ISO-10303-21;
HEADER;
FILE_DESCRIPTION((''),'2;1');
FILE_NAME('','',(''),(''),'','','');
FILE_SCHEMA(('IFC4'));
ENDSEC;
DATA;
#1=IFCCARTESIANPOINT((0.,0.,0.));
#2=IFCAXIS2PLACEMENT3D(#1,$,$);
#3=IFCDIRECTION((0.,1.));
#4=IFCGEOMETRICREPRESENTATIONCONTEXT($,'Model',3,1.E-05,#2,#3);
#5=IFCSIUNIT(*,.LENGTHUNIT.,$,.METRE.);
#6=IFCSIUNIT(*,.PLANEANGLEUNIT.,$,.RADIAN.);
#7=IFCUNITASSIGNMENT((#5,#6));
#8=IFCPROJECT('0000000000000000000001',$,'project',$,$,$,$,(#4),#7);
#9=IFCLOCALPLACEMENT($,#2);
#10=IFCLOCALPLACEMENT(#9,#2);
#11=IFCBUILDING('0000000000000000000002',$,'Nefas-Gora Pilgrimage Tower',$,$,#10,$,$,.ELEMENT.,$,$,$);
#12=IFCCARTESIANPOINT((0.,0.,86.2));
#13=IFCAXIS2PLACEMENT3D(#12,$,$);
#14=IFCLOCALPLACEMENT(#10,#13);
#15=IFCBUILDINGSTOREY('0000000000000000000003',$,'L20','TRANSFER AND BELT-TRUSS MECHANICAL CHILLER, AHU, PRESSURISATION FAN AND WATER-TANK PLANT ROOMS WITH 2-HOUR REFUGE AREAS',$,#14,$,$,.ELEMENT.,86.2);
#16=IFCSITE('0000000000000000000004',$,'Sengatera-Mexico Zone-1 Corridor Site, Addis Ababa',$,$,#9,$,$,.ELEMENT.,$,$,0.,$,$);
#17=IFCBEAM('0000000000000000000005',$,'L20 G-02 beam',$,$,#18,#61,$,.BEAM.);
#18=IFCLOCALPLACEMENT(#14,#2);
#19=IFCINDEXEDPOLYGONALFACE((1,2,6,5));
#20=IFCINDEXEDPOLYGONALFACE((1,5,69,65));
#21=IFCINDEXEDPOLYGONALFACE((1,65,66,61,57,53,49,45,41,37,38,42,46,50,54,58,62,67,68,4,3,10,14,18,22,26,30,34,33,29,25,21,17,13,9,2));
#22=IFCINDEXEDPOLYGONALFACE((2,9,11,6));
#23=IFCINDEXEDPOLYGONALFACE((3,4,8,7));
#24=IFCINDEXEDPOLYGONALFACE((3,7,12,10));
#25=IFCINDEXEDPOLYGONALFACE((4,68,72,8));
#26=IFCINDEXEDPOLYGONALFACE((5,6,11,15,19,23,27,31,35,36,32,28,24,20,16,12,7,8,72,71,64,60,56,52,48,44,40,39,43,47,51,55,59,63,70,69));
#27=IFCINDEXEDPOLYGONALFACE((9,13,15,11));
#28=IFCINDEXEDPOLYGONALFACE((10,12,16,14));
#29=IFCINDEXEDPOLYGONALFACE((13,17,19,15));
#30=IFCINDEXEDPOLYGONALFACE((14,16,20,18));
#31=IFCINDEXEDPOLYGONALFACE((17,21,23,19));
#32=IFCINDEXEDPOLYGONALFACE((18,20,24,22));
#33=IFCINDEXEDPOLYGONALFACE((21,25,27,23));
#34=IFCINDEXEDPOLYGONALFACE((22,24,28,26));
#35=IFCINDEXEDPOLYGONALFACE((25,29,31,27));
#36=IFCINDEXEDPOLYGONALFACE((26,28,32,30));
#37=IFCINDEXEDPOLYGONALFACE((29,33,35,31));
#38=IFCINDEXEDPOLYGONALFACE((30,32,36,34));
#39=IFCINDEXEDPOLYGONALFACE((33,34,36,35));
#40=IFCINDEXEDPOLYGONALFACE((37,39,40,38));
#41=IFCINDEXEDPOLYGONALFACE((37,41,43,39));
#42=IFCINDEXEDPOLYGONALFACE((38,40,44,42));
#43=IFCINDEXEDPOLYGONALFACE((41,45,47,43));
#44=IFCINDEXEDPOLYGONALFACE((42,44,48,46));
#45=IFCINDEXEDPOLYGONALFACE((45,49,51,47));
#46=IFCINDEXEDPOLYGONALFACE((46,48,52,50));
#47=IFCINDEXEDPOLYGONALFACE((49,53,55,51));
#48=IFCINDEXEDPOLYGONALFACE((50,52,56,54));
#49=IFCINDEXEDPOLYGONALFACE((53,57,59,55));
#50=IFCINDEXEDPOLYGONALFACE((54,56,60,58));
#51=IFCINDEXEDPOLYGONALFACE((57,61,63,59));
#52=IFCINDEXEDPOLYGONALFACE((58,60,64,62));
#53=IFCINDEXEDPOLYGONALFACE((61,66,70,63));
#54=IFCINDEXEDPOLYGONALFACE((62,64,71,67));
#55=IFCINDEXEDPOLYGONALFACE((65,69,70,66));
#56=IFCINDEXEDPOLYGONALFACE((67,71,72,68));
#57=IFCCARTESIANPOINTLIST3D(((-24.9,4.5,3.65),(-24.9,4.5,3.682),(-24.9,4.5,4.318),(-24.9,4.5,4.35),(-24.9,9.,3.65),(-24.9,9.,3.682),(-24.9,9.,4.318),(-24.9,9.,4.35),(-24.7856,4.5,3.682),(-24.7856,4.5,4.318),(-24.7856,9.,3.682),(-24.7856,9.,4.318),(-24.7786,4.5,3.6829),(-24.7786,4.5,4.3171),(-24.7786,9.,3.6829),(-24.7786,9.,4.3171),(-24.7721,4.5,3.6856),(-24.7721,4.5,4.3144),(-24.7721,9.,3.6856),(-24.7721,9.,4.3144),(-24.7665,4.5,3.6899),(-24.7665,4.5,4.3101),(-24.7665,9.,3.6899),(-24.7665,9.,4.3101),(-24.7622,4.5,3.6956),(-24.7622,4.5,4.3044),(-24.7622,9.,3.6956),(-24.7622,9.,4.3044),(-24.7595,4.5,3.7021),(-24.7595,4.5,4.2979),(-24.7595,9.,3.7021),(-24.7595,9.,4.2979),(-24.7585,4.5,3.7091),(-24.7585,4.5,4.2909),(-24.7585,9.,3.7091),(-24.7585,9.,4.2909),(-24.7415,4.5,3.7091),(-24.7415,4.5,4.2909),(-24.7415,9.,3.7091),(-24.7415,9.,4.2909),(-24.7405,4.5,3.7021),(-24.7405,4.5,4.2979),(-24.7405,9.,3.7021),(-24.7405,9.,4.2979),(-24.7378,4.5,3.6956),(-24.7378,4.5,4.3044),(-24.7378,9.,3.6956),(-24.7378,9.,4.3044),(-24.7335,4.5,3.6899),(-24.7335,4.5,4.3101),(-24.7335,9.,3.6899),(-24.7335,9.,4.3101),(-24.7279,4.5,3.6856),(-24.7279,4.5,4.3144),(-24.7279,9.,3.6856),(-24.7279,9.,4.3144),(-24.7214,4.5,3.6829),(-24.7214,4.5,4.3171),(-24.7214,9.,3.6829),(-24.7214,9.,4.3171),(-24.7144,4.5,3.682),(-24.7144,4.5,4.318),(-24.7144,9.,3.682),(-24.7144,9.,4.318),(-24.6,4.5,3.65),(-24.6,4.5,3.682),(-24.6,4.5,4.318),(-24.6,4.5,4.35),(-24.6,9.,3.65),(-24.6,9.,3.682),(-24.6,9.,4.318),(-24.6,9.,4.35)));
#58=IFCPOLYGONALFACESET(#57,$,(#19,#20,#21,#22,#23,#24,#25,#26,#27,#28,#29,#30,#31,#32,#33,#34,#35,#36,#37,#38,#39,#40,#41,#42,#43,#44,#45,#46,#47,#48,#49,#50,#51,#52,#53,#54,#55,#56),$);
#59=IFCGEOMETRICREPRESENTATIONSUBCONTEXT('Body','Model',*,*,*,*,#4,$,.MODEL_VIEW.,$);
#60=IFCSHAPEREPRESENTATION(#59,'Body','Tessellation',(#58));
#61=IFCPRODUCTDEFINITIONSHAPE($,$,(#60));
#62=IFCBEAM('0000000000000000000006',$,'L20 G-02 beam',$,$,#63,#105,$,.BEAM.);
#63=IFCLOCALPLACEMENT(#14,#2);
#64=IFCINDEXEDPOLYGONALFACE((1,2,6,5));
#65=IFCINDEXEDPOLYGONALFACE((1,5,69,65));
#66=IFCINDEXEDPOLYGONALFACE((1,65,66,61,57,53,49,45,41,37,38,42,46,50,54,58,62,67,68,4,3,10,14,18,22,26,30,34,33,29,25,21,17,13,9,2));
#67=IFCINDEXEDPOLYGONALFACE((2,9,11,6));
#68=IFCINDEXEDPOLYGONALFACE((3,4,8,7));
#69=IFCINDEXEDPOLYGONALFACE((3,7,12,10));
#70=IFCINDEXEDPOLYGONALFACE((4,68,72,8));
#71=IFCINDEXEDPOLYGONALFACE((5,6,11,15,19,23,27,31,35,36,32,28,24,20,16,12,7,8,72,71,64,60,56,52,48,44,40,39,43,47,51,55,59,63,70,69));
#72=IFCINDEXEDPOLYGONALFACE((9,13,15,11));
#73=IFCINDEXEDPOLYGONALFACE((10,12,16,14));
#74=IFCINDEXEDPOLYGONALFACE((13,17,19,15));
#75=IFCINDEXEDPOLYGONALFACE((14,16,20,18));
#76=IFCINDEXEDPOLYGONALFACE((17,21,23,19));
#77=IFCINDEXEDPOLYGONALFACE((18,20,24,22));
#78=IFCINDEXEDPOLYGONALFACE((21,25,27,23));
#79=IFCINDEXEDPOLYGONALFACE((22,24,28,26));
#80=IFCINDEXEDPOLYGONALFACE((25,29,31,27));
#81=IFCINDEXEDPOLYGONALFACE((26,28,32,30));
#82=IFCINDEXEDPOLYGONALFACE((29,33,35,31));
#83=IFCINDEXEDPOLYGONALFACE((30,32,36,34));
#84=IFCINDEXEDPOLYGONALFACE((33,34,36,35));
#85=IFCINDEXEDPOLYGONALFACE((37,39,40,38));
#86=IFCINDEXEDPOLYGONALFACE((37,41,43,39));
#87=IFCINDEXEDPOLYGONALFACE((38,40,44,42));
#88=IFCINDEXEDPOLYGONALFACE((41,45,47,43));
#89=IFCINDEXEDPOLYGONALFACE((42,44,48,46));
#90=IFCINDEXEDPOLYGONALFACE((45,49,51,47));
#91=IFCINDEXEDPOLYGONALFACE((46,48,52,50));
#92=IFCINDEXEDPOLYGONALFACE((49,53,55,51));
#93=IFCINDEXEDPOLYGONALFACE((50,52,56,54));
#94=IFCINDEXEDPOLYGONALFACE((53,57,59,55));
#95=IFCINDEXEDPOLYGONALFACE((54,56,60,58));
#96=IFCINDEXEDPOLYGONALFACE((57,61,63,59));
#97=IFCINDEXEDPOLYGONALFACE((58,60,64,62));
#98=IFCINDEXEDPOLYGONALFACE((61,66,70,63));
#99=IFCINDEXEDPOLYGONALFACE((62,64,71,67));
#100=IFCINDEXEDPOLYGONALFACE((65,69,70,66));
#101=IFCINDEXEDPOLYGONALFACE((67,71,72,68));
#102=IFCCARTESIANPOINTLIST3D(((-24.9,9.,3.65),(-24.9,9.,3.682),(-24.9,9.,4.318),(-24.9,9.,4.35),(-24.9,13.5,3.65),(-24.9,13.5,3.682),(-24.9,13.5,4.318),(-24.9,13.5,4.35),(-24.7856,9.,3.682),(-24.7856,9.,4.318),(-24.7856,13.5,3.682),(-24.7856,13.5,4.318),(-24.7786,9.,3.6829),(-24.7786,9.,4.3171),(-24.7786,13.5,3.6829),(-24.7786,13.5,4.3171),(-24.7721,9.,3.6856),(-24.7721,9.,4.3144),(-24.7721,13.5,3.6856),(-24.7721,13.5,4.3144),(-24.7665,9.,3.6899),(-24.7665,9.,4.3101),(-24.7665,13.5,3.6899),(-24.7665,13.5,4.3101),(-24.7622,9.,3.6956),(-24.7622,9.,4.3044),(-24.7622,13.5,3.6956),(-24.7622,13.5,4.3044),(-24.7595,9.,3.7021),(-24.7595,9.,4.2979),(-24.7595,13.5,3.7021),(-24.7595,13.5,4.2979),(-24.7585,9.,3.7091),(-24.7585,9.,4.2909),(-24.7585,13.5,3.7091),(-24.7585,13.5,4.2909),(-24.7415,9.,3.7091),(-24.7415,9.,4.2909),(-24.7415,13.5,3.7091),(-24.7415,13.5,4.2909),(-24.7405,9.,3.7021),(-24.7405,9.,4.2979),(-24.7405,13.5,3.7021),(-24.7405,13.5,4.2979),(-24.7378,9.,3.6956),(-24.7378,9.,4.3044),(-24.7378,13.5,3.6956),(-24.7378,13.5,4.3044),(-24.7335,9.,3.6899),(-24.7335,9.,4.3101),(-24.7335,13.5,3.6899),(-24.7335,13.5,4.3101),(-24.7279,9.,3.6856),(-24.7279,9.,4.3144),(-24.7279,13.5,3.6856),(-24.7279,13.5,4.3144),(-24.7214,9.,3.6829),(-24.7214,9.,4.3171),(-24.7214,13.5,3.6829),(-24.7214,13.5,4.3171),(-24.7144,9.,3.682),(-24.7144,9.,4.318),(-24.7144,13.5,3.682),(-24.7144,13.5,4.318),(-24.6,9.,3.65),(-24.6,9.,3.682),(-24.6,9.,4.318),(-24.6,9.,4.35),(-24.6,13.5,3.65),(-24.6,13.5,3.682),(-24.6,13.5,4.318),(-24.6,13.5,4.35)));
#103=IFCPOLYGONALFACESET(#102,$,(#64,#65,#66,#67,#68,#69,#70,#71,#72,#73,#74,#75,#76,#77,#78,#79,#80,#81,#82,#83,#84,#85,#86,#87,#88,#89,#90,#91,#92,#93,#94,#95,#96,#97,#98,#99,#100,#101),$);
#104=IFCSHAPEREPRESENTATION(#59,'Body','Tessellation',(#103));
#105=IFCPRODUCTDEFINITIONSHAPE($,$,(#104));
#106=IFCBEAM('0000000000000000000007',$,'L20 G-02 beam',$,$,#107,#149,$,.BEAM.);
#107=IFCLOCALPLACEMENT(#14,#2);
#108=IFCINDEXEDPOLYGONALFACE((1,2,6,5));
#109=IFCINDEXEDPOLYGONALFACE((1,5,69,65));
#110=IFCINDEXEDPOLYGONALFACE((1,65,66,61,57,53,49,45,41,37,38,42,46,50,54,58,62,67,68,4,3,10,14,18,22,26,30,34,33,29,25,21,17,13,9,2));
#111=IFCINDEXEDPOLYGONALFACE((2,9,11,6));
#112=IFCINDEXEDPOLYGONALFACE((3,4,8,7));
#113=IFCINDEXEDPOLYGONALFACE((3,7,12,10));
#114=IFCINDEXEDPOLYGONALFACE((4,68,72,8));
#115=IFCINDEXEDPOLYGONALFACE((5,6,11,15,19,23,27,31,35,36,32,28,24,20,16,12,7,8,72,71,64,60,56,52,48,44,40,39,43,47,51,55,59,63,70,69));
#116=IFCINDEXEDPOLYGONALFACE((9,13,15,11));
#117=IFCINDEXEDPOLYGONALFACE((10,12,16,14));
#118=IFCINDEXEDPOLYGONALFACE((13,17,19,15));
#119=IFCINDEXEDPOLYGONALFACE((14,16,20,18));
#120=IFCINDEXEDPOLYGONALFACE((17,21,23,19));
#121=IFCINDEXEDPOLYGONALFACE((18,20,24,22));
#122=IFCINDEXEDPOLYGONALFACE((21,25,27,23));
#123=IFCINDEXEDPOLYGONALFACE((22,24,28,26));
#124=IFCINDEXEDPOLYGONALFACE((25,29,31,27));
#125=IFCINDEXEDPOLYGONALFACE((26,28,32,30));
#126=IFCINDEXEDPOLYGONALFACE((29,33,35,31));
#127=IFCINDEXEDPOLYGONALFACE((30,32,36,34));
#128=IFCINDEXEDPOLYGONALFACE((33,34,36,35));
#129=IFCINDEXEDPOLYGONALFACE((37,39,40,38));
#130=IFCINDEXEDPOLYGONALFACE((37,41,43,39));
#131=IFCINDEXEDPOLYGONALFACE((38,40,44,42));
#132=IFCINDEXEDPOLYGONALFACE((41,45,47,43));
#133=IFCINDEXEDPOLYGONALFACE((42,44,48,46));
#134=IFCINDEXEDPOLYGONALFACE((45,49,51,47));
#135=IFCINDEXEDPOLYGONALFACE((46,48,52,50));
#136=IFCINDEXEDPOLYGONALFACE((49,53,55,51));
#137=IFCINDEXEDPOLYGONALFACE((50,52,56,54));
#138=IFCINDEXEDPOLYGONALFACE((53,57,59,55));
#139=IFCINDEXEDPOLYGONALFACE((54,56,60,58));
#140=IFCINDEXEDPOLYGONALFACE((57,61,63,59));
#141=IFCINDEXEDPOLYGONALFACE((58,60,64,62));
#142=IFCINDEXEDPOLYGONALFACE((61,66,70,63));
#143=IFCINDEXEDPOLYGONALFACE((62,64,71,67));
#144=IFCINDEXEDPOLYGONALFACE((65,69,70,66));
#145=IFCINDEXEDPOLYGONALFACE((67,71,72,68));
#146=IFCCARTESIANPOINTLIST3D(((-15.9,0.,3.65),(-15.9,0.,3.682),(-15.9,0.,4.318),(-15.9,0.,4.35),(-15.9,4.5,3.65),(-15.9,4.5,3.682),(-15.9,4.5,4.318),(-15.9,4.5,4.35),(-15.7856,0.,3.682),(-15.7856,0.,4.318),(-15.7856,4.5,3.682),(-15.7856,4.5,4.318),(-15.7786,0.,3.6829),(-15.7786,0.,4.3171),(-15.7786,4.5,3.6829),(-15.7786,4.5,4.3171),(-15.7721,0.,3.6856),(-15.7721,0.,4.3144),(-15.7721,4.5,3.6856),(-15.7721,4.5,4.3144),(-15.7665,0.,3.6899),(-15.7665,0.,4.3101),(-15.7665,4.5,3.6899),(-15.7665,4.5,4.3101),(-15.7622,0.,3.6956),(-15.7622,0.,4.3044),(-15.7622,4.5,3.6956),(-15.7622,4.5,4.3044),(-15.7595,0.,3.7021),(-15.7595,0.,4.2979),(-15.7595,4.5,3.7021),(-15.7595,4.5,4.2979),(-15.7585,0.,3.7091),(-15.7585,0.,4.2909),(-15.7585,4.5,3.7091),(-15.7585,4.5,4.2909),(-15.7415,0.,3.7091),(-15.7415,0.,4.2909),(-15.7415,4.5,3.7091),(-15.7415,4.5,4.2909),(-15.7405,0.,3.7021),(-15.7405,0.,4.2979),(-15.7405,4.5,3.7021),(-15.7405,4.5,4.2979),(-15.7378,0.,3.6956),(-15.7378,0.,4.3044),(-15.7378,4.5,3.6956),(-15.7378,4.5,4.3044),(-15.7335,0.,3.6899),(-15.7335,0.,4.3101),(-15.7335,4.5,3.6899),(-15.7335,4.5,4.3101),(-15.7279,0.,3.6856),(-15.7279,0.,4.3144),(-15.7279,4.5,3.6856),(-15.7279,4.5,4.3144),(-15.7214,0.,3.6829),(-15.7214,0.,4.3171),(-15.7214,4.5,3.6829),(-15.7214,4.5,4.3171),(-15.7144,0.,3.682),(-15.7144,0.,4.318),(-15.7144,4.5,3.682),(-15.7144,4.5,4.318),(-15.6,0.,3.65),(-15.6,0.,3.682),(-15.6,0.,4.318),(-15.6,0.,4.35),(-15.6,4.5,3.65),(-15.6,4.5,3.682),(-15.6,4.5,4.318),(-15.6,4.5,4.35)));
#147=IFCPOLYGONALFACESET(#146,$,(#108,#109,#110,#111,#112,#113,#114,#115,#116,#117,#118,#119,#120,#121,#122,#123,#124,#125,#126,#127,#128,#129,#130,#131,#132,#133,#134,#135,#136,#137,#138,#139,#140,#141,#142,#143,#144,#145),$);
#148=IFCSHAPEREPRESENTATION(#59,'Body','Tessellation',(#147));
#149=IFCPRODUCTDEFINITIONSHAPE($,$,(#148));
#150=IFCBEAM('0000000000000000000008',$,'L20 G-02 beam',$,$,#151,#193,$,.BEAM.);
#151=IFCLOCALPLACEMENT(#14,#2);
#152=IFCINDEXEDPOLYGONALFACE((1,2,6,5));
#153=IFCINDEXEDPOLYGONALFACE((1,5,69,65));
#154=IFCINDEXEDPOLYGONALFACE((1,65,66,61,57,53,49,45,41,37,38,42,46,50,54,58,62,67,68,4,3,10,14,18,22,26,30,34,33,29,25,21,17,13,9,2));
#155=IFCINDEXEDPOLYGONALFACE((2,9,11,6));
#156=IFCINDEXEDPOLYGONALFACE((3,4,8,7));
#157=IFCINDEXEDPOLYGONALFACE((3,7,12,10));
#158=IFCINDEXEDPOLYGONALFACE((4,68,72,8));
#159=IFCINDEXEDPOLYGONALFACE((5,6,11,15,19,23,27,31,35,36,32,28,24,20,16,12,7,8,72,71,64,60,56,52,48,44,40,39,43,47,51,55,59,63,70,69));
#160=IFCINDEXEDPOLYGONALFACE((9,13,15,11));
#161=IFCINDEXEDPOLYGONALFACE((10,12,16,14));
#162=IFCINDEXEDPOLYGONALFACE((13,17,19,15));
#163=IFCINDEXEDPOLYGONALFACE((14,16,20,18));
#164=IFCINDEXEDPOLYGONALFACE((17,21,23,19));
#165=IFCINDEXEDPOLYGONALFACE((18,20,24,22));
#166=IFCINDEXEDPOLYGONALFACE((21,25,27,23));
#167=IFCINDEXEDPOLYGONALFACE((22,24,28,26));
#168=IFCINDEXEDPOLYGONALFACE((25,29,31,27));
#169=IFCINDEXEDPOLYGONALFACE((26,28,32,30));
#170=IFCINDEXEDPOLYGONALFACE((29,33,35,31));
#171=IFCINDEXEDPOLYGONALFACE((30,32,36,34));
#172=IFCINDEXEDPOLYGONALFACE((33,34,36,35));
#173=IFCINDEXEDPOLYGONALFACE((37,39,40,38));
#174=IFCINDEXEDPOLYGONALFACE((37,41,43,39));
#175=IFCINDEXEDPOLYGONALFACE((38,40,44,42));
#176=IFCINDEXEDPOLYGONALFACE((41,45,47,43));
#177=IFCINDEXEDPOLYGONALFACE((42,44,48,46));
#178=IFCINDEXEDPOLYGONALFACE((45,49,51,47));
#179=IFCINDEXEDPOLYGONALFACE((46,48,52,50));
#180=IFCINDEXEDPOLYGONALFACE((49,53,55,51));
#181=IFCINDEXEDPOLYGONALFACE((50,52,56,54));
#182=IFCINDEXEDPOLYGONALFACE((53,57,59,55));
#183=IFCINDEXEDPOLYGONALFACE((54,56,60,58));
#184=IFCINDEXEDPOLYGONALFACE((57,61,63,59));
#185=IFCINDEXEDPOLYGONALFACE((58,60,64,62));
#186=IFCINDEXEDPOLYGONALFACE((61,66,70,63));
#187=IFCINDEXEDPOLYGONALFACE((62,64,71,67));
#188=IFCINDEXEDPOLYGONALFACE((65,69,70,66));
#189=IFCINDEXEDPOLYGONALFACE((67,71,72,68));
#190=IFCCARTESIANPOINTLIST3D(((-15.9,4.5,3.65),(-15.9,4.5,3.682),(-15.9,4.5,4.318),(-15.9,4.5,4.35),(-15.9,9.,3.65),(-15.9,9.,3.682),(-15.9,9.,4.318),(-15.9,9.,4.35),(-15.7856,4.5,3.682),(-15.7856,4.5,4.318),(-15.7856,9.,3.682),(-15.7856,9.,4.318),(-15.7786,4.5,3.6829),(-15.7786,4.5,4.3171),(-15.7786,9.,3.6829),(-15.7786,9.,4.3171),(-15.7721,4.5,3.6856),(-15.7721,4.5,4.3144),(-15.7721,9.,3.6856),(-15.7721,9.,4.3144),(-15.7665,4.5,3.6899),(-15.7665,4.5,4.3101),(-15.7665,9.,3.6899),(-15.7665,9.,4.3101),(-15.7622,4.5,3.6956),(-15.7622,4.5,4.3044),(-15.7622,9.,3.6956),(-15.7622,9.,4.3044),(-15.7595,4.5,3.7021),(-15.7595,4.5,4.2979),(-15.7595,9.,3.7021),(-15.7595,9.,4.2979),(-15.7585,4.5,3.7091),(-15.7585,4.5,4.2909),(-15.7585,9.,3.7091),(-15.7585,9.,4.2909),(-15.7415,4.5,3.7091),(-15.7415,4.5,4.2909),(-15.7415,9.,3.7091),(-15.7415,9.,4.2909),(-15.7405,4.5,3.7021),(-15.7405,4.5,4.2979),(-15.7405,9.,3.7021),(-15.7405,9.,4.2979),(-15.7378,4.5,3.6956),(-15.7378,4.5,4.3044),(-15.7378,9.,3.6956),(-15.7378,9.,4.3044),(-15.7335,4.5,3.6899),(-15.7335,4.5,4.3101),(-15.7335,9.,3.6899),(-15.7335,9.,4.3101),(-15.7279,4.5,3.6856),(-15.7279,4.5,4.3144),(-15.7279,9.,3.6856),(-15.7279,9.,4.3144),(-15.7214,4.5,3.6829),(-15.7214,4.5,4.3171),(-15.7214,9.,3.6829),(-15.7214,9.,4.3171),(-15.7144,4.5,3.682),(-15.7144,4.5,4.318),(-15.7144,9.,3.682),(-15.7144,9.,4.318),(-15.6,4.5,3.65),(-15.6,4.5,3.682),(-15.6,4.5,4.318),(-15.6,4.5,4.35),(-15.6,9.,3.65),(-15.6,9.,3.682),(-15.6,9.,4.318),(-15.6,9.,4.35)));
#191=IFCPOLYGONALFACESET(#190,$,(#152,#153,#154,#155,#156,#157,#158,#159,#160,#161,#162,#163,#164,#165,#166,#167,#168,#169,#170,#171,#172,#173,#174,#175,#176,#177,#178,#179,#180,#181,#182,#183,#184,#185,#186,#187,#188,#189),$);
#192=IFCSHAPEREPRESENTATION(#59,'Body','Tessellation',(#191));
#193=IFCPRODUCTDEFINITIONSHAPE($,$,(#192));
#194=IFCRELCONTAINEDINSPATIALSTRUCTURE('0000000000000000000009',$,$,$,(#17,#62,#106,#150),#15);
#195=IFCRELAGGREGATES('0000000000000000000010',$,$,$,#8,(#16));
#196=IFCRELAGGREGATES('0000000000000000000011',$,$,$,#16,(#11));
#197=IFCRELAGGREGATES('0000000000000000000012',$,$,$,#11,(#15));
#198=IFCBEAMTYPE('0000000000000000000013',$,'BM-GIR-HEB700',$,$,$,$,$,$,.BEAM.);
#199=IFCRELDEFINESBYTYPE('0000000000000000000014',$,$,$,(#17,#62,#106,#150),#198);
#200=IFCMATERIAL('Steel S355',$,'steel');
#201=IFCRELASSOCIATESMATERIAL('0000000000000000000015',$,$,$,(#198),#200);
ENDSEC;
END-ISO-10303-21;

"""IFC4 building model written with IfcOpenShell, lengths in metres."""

from ifc_helpers import new_model, si_unit, direction, frame, origin, origin_2d, place, context, subcontext, project, spatial, i_section, extrude, source, transform, mapped, material, material_profile, profile_set, type_object, element, save


model = new_model("IFC4")

# Units and contexts
model_context = context("Model", 3, precision=1e-05, world=origin(), true_north=direction((0.0, 1.0)))
body_context = subcontext(model_context, "Body", "Model", "MODEL_VIEW")
ifc_project = project(units=[si_unit("LENGTHUNIT", "METRE"), si_unit("PLANEANGLEUNIT", "RADIAN")], contexts=[model_context])

# Site, building, storey
site_placement = place(None, origin())
site = spatial("IfcSite", under=ifc_project, at=site_placement, Name="Sengatera-Mexico Zone-1 Corridor Site, Addis Ababa", CompositionType="ELEMENT", RefElevation=0.0)
building_placement = place(site_placement, origin())
building = spatial("IfcBuilding", under=site, at=building_placement, Name="Nefas-Gora Pilgrimage Tower", CompositionType="ELEMENT")
storey_placement = place(building_placement, frame((0.0, 0.0, 86.2)))
storey = spatial("IfcBuildingStorey", under=building, at=storey_placement, Name="L20", Description="TRANSFER AND BELT-TRUSS MECHANICAL CHILLER, AHU, PRESSURISATION FAN AND WATER-TANK PLANT ROOMS WITH 2-HOUR REFUGE AREAS", CompositionType="ELEMENT", Elevation=86.2)

# Beams
ifc_material_1 = material(Name="Steel S355", Category="steel")
ifc_material_profile_1 = material_profile(ifc_material_1, i_section(OverallWidth=0.3, OverallDepth=0.7, WebThickness=0.0171, FlangeThickness=0.032, FilletRadius=0.0271, at=origin_2d()), Name="HEB 700")
ifc_profile_set_1 = profile_set([ifc_material_profile_1], Name="Steel S355")
beam_type_1 = type_object("IfcBeamType", Name="BM-GIR-HEB700", PredefinedType="BEAM", material=ifc_profile_set_1)
shared_shape_1 = source(origin(), body_context, "Body", "SweptSolid", [
    extrude(i_section(OverallWidth=0.3, OverallDepth=0.7, WebThickness=0.0171, FlangeThickness=0.032, FilletRadius=0.0271, at=origin_2d()), origin(), (0.0, 0.0, 1.0), 4.5),
])
for number, where, z_axis, x_axis, name in (
    (1, (-24.75, 4.5, 4.0), (0.0, 1.0, 0.0), (-1.0, 0.0, 0.0), "L20 G-02 beam"),
    (2, (-24.75, 9.0, 4.0), (0.0, 1.0, 0.0), (-1.0, 0.0, 0.0), "L20 G-02 beam"),
    (3, (-15.75, 0.0, 4.0), (0.0, 1.0, 0.0), (-1.0, 0.0, 0.0), "L20 G-02 beam"),
    (4, (-15.75, 4.5, 4.0), (0.0, 1.0, 0.0), (-1.0, 0.0, 0.0), "L20 G-02 beam"),
):
    element("IfcBeam", number, at=place(storey_placement, frame(where, z_axis=z_axis, x_axis=x_axis)), inside=storey, type_object=beam_type_1, Name=name, PredefinedType="BEAM", context=body_context, shape_type="MappedRepresentation", body=[
        mapped(shared_shape_1, transform((0.0, 0.0, 0.0), x_axis=(1.0, 0.0, 0.0), y_axis=(0.0, 1.0, 0.0), z_axis=(0.0, 0.0, 1.0), scale=1.0)),
    ])

save(model, "model.ifc")
